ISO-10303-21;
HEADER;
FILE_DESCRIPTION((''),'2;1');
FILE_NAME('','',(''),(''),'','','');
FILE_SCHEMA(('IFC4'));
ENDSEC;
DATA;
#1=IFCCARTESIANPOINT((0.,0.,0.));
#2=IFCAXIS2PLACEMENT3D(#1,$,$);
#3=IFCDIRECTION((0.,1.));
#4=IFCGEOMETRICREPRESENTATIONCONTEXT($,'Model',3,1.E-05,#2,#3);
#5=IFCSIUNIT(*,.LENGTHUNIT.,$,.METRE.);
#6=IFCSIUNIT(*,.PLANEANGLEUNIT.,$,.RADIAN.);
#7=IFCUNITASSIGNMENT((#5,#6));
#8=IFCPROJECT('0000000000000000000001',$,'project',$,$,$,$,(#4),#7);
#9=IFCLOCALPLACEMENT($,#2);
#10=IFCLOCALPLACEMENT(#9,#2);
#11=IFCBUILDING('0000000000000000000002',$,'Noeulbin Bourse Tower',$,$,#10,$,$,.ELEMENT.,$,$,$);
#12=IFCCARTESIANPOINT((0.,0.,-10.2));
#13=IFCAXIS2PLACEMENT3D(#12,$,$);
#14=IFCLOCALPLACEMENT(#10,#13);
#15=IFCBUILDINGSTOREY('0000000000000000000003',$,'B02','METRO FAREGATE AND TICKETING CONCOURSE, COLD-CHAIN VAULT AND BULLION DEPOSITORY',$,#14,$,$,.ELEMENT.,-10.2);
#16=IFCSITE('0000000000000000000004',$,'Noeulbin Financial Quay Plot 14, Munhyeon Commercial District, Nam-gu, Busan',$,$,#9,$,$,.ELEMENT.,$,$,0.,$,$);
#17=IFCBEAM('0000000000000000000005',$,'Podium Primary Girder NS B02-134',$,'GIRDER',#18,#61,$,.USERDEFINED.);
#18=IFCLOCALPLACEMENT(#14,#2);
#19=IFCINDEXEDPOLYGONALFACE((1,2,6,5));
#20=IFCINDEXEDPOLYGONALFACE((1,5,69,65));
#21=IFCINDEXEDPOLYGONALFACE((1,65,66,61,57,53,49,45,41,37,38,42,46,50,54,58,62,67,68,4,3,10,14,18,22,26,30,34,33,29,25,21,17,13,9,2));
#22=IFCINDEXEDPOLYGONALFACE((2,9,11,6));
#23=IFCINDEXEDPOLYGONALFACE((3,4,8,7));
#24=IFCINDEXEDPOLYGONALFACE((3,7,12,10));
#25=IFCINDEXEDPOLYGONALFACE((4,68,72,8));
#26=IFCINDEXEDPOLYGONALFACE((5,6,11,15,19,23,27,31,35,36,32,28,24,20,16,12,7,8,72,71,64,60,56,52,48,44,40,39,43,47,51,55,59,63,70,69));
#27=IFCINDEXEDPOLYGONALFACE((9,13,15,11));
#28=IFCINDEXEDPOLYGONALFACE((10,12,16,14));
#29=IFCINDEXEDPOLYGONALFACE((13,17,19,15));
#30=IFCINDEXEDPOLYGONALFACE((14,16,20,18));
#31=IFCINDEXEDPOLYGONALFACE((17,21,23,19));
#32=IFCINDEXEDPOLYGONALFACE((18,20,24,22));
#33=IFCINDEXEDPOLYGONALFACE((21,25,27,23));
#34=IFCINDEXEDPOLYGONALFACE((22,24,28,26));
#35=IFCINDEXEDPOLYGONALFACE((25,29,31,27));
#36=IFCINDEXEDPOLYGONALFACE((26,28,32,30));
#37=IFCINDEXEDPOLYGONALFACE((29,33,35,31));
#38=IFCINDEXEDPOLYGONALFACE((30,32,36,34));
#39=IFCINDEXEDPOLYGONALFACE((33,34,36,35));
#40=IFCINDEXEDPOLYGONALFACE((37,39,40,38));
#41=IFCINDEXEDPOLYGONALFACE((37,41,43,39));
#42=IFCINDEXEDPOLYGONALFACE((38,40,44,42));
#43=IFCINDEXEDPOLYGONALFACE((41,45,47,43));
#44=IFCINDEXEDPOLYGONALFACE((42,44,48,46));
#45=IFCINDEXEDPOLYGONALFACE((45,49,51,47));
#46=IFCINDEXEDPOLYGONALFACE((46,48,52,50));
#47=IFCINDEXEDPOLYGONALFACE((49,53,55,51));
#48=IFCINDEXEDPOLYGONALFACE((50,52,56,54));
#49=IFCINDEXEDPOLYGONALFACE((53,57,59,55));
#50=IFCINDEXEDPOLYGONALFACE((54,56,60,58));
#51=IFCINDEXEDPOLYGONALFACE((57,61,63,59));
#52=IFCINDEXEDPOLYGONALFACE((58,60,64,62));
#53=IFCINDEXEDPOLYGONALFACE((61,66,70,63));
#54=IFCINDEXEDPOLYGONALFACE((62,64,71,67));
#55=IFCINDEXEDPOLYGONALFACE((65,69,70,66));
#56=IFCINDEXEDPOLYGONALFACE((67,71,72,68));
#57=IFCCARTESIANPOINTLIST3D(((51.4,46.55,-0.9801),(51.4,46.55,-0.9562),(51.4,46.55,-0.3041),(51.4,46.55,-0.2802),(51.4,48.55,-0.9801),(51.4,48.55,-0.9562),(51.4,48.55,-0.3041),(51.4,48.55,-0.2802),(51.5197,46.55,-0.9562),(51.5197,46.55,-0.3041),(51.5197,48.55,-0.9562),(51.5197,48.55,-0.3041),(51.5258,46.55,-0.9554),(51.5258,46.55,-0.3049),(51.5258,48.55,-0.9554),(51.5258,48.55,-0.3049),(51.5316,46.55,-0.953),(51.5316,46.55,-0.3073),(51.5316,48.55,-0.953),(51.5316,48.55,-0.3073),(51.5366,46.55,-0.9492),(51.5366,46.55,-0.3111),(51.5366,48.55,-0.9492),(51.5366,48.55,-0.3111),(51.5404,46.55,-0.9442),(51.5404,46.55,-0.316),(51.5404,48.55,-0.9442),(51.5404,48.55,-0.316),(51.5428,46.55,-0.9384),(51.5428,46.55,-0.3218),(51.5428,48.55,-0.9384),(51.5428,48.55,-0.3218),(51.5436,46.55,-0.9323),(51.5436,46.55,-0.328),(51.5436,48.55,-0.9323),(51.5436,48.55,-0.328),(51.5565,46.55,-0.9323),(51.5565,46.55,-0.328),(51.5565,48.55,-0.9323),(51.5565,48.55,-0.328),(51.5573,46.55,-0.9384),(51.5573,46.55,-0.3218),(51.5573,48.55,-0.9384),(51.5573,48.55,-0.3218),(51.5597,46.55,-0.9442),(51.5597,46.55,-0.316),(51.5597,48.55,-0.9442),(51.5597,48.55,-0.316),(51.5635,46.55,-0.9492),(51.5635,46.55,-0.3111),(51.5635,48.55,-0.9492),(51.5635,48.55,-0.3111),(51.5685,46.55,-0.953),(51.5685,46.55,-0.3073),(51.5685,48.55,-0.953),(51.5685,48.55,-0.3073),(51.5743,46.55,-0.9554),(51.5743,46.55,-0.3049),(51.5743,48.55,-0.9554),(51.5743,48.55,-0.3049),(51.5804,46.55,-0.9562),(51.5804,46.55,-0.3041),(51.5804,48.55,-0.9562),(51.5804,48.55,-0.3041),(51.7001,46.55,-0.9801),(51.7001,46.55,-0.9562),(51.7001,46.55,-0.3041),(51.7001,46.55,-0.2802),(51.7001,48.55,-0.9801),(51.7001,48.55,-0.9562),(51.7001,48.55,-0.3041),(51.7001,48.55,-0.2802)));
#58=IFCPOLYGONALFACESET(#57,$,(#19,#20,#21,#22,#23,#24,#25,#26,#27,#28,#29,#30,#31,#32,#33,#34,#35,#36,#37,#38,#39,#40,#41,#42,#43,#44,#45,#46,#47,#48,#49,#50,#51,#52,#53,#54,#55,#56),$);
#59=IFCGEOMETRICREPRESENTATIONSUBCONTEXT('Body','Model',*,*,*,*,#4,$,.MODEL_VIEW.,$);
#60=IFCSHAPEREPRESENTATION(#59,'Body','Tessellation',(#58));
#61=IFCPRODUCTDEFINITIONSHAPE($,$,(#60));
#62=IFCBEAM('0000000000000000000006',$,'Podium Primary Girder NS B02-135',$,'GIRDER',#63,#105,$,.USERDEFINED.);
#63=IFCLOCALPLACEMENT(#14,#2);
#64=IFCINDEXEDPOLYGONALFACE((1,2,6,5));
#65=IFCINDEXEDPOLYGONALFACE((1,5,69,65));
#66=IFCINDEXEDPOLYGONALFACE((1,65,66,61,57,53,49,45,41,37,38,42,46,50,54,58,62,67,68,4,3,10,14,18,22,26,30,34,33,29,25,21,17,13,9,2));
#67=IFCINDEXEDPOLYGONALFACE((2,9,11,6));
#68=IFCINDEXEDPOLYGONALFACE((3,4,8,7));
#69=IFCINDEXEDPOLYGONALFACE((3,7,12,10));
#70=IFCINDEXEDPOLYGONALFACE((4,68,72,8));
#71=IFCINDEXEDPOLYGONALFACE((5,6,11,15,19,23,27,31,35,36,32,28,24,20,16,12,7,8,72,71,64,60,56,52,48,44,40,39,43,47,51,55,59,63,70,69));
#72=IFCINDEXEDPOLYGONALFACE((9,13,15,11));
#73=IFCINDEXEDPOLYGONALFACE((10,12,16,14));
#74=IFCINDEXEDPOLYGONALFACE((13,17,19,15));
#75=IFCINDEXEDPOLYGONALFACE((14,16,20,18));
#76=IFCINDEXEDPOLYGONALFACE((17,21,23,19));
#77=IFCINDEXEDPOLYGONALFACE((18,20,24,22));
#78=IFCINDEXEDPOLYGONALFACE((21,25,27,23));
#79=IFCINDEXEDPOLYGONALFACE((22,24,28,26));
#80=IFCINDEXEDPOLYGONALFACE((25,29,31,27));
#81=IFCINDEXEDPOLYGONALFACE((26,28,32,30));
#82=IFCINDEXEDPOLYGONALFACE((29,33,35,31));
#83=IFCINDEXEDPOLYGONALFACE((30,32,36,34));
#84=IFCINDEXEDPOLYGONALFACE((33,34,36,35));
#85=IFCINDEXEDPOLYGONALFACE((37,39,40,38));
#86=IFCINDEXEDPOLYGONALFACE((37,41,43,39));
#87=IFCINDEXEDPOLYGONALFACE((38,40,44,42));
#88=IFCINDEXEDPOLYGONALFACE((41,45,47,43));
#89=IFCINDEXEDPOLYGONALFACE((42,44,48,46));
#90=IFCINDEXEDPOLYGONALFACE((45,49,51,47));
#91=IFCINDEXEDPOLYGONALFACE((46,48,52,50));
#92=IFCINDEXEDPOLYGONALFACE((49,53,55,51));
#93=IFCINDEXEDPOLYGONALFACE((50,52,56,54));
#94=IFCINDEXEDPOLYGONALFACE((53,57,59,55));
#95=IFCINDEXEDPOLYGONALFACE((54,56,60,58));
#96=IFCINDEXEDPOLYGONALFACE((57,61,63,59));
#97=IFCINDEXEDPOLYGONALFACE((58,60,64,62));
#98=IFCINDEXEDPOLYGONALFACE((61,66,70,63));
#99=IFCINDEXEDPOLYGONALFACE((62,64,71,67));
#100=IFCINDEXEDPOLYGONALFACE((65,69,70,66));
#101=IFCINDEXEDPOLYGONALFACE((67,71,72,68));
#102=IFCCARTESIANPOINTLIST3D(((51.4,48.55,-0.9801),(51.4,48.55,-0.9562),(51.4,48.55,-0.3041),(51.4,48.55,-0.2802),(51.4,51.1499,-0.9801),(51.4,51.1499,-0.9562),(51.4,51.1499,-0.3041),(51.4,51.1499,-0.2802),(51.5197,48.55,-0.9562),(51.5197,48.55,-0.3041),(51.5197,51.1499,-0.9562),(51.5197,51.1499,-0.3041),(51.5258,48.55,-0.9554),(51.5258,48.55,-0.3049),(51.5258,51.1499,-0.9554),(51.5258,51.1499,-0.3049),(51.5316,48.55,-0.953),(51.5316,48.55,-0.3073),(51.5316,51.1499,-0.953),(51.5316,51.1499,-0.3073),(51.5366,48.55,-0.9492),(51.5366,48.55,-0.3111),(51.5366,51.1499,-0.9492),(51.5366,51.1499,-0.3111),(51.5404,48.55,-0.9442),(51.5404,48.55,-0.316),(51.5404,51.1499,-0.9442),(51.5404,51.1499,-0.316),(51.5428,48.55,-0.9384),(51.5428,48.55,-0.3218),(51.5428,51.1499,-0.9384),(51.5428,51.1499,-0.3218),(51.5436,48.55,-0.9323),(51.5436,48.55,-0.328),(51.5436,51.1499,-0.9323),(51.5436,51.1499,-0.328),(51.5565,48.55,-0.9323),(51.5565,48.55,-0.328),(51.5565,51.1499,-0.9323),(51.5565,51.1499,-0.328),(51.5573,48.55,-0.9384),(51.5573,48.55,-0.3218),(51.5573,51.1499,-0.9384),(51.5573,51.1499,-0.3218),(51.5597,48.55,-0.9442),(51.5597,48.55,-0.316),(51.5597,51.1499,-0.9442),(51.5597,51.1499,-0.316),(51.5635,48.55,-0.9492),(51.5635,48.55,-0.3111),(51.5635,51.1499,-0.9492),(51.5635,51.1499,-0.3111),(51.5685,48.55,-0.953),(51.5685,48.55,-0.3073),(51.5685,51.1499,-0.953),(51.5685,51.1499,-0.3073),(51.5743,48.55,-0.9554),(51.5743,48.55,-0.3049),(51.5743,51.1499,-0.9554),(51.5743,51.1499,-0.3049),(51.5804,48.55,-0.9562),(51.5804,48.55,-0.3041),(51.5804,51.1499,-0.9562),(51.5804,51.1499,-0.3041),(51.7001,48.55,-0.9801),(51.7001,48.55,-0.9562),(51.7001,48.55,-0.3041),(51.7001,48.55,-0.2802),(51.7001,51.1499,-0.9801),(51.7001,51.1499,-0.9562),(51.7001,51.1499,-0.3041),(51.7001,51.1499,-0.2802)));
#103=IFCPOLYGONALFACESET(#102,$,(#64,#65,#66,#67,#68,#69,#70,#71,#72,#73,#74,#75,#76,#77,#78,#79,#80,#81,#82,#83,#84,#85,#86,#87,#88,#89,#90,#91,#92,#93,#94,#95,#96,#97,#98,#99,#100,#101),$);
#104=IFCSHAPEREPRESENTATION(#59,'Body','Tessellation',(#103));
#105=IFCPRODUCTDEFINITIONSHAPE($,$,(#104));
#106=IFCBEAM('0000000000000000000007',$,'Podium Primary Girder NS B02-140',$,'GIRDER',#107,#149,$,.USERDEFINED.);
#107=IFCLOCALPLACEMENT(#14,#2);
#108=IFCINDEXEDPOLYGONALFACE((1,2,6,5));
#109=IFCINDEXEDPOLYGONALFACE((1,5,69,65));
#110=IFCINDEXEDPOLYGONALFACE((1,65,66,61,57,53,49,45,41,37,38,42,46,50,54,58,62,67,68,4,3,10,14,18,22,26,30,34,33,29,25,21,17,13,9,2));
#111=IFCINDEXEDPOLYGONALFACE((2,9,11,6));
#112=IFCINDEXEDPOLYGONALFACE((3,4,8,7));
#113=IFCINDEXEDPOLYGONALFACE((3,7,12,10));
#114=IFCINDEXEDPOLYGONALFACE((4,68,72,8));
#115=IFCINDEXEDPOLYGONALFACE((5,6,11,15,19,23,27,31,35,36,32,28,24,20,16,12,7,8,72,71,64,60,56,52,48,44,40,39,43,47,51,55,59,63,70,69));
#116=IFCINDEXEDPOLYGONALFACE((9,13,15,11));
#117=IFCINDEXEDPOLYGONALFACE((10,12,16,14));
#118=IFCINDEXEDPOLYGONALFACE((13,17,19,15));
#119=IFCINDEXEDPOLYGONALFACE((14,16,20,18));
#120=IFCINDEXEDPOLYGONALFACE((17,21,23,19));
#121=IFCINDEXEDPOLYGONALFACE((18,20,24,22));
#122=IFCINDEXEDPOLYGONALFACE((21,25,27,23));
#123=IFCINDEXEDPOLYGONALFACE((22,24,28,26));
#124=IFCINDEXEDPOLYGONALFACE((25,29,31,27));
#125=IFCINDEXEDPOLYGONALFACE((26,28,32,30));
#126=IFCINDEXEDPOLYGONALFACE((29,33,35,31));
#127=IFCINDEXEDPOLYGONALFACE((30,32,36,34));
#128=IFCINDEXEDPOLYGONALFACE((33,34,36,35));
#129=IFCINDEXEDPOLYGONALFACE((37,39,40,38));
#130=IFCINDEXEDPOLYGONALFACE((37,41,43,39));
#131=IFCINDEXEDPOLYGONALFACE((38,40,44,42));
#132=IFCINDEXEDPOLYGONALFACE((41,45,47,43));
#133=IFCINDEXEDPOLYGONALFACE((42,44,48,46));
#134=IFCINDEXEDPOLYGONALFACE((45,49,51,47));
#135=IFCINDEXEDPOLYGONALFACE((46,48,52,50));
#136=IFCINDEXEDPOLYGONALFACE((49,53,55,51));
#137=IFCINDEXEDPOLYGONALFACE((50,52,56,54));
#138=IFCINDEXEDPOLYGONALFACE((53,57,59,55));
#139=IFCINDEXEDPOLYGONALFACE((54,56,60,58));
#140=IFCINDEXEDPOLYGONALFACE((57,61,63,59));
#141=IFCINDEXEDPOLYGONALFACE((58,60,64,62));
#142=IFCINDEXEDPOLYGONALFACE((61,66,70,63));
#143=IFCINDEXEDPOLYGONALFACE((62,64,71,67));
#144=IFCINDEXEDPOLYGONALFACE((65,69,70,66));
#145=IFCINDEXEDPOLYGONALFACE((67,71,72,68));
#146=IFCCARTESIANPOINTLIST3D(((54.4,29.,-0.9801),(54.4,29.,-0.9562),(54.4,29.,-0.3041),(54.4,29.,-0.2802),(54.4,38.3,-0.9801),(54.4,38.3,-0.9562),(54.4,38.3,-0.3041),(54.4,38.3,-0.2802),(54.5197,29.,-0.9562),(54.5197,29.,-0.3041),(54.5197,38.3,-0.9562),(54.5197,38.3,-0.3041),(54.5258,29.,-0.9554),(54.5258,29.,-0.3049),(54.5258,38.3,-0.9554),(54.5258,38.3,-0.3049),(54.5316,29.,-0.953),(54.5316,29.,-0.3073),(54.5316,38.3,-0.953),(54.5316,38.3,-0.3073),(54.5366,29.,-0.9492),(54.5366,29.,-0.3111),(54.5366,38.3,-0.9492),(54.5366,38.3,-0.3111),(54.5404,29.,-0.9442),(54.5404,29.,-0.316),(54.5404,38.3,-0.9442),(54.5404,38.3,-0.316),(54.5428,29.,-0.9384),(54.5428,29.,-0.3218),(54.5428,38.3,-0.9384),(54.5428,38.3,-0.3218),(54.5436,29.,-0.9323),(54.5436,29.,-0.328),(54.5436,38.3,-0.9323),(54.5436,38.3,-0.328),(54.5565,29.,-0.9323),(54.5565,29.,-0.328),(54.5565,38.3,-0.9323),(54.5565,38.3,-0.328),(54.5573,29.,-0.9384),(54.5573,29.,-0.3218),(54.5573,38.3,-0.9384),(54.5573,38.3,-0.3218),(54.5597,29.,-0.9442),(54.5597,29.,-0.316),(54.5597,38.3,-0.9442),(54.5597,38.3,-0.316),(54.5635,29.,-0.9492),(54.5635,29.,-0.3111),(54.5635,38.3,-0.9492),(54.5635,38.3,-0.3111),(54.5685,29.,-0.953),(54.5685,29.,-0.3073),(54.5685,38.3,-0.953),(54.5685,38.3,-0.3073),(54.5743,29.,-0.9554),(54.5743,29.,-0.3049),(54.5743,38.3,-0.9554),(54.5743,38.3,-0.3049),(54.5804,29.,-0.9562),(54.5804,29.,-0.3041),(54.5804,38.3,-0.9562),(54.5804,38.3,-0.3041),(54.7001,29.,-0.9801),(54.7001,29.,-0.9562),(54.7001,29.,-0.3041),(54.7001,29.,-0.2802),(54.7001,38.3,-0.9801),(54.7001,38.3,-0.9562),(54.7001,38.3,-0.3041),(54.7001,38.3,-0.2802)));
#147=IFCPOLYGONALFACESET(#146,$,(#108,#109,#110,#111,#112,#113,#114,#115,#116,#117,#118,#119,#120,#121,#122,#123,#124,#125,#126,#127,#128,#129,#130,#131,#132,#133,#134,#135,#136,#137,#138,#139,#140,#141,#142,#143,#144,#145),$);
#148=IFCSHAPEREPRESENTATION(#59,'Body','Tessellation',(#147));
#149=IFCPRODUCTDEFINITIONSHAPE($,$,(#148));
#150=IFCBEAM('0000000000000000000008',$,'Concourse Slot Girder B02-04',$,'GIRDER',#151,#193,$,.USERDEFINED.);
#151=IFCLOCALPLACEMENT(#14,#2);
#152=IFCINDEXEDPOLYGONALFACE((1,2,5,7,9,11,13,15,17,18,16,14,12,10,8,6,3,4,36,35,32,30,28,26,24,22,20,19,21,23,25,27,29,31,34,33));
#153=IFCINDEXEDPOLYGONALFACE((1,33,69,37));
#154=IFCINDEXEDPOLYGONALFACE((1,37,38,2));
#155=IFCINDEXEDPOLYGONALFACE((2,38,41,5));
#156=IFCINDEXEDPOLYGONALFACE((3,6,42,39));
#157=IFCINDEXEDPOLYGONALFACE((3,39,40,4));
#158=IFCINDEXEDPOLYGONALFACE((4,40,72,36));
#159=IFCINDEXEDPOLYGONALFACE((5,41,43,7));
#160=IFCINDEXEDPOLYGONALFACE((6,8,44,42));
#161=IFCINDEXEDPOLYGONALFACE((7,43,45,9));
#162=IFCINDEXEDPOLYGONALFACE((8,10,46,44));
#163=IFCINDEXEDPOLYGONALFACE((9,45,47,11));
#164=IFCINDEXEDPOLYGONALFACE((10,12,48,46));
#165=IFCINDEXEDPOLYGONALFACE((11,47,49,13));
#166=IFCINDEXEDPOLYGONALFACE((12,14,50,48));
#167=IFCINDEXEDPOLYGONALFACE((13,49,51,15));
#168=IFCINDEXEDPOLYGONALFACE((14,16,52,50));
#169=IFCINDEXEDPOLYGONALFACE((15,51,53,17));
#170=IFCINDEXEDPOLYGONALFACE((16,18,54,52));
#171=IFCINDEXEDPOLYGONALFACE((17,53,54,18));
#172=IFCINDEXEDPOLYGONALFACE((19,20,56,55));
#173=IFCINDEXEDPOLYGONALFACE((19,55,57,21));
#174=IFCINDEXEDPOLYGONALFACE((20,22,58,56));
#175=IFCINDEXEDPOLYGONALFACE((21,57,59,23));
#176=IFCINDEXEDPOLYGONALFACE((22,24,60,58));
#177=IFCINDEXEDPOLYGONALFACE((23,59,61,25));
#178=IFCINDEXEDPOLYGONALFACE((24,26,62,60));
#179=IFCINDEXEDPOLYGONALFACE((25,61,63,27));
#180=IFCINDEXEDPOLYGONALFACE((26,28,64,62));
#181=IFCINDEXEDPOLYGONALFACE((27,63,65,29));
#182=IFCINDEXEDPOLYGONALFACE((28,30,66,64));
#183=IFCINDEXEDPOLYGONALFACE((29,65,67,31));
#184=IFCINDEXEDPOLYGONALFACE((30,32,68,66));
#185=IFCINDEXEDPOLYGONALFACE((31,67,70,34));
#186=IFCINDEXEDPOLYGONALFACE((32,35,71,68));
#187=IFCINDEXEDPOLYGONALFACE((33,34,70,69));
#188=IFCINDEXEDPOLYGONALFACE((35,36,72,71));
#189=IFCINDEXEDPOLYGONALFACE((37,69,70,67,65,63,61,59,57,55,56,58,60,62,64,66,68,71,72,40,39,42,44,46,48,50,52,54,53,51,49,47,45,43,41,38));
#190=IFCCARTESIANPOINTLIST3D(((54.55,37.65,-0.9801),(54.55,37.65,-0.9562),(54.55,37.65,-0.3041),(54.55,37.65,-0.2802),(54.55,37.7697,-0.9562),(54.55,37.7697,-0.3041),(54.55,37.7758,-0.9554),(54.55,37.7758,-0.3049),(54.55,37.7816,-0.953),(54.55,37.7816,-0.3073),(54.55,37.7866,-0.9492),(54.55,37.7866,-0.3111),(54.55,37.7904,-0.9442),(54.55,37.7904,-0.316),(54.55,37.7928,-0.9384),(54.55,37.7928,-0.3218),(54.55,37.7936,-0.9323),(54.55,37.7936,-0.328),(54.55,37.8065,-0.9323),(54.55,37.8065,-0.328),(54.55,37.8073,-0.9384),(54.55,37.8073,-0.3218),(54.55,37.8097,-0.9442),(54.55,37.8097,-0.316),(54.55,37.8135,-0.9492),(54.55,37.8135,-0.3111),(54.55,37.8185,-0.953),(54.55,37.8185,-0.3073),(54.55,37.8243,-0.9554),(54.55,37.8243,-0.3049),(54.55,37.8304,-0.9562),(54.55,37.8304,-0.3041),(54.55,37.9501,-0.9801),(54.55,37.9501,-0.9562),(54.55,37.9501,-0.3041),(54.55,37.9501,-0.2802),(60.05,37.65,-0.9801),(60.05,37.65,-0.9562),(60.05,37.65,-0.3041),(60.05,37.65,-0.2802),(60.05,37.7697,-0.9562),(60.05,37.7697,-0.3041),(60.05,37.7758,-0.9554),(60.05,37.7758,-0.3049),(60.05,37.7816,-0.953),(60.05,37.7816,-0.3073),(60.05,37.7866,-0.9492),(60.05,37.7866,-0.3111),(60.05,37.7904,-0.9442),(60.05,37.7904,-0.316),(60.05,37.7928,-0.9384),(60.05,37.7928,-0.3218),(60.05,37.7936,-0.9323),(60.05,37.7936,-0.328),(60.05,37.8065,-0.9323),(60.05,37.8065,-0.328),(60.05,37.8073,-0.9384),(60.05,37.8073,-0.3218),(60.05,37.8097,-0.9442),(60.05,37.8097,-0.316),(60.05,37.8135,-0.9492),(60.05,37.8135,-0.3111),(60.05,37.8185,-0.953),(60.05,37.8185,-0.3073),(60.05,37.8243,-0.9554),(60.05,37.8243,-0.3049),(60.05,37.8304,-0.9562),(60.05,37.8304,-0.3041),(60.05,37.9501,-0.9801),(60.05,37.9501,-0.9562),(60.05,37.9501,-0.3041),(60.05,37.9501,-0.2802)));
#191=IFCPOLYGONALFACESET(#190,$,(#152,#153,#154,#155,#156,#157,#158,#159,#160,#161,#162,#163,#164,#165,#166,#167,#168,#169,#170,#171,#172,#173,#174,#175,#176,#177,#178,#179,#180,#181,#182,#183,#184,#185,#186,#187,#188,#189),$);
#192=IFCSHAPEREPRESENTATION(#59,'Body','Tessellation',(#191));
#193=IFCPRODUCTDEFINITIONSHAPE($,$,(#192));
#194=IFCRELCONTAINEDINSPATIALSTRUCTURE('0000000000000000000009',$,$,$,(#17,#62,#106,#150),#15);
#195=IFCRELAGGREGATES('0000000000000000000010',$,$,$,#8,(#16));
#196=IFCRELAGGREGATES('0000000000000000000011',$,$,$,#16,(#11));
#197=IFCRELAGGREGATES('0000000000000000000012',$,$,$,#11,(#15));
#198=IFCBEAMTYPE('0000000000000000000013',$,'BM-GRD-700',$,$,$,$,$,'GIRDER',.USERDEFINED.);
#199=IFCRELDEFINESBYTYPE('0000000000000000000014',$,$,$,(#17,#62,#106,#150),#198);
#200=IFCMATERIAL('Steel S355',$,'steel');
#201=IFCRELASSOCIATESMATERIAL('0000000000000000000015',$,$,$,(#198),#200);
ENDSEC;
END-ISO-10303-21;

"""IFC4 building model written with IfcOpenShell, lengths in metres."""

from ifc_helpers import new_model, si_unit, direction, frame, origin, origin_2d, place, context, subcontext, project, spatial, i_section, extrude, material, material_profile, profile_set, type_object, element, save


model = new_model("IFC4")

# Units and contexts
model_context = context("Model", 3, precision=1e-05, world=origin(), true_north=direction((0.0, 1.0)))
body_context = subcontext(model_context, "Body", "Model", "MODEL_VIEW")
ifc_project = project(units=[si_unit("LENGTHUNIT", "METRE"), si_unit("PLANEANGLEUNIT", "RADIAN")], contexts=[model_context])

# Site, building, storey
site_placement = place(None, origin())
site = spatial("IfcSite", under=ifc_project, at=site_placement, Name="Noeulbin Financial Quay Plot 14, Munhyeon Commercial District, Nam-gu, Busan", CompositionType="ELEMENT", RefElevation=0.0)
building_placement = place(site_placement, origin())
building = spatial("IfcBuilding", under=site, at=building_placement, Name="Noeulbin Bourse Tower", CompositionType="ELEMENT")
storey_placement = place(building_placement, frame((0.0, 0.0, -10.2)))
storey = spatial("IfcBuildingStorey", under=building, at=storey_placement, Name="B02", Description="METRO FAREGATE AND TICKETING CONCOURSE, COLD-CHAIN VAULT AND BULLION DEPOSITORY", CompositionType="ELEMENT", Elevation=-10.2)

# Beams
ifc_material_1 = material(Name="Steel S355", Category="steel")
ifc_material_profile_1 = material_profile(ifc_material_1, i_section(OverallWidth=0.3, OverallDepth=0.7, WebThickness=0.0129, FlangeThickness=0.0239, FilletRadius=0.0239, at=origin_2d()), Name="H-700x300x13x24", Category="LoadBearing")
ifc_profile_set_1 = profile_set([ifc_material_profile_1], Name="Steel S355")
beam_type_1 = type_object("IfcBeamType", Name="BM-GRD-700", ElementType="GIRDER", PredefinedType="USERDEFINED", material=ifc_profile_set_1)
beam_1_placement = place(storey_placement, frame((51.55, 46.55, -0.6301), z_axis=(0.0, 1.0, 0.0), x_axis=(-1.0, 0.0, 0.0)))
element("IfcBeam", 1, at=beam_1_placement, inside=storey, type_object=beam_type_1, Name="Podium Primary Girder NS B02-134", ObjectType="GIRDER", PredefinedType="USERDEFINED", context=body_context, shape_type="SweptSolid", body=[
    extrude(i_section(OverallWidth=0.3, OverallDepth=0.7, WebThickness=0.0129, FlangeThickness=0.0239, FilletRadius=0.0239, at=origin_2d()), origin(), (0.0, 0.0, 1.0), 2.0),
])
beam_2_placement = place(storey_placement, frame((51.55, 48.55, -0.6301), z_axis=(0.0, 1.0, 0.0), x_axis=(-1.0, 0.0, 0.0)))
element("IfcBeam", 2, at=beam_2_placement, inside=storey, type_object=beam_type_1, Name="Podium Primary Girder NS B02-135", ObjectType="GIRDER", PredefinedType="USERDEFINED", context=body_context, shape_type="SweptSolid", body=[
    extrude(i_section(OverallWidth=0.3, OverallDepth=0.7, WebThickness=0.0129, FlangeThickness=0.0239, FilletRadius=0.0239, at=origin_2d()), origin(), (0.0, 0.0, 1.0), 2.5999),
])
beam_3_placement = place(storey_placement, frame((54.55, 29.0, -0.6301), z_axis=(0.0, 1.0, 0.0), x_axis=(-1.0, 0.0, 0.0)))
element("IfcBeam", 3, at=beam_3_placement, inside=storey, type_object=beam_type_1, Name="Podium Primary Girder NS B02-140", ObjectType="GIRDER", PredefinedType="USERDEFINED", context=body_context, shape_type="SweptSolid", body=[
    extrude(i_section(OverallWidth=0.3, OverallDepth=0.7, WebThickness=0.0129, FlangeThickness=0.0239, FilletRadius=0.0239, at=origin_2d()), origin(), (0.0, 0.0, 1.0), 9.3),
])
beam_4_placement = place(storey_placement, frame((54.55, 37.8, -0.6301), z_axis=(1.0, 0.0, 0.0), x_axis=(0.0, 1.0, 0.0)))
element("IfcBeam", 4, at=beam_4_placement, inside=storey, type_object=beam_type_1, Name="Concourse Slot Girder B02-04", ObjectType="GIRDER", PredefinedType="USERDEFINED", context=body_context, shape_type="SweptSolid", body=[
    extrude(i_section(OverallWidth=0.3, OverallDepth=0.7, WebThickness=0.0129, FlangeThickness=0.0239, FilletRadius=0.0239, at=origin_2d()), origin(), (0.0, 0.0, 1.0), 5.5),
])

save(model, "model.ifc")
